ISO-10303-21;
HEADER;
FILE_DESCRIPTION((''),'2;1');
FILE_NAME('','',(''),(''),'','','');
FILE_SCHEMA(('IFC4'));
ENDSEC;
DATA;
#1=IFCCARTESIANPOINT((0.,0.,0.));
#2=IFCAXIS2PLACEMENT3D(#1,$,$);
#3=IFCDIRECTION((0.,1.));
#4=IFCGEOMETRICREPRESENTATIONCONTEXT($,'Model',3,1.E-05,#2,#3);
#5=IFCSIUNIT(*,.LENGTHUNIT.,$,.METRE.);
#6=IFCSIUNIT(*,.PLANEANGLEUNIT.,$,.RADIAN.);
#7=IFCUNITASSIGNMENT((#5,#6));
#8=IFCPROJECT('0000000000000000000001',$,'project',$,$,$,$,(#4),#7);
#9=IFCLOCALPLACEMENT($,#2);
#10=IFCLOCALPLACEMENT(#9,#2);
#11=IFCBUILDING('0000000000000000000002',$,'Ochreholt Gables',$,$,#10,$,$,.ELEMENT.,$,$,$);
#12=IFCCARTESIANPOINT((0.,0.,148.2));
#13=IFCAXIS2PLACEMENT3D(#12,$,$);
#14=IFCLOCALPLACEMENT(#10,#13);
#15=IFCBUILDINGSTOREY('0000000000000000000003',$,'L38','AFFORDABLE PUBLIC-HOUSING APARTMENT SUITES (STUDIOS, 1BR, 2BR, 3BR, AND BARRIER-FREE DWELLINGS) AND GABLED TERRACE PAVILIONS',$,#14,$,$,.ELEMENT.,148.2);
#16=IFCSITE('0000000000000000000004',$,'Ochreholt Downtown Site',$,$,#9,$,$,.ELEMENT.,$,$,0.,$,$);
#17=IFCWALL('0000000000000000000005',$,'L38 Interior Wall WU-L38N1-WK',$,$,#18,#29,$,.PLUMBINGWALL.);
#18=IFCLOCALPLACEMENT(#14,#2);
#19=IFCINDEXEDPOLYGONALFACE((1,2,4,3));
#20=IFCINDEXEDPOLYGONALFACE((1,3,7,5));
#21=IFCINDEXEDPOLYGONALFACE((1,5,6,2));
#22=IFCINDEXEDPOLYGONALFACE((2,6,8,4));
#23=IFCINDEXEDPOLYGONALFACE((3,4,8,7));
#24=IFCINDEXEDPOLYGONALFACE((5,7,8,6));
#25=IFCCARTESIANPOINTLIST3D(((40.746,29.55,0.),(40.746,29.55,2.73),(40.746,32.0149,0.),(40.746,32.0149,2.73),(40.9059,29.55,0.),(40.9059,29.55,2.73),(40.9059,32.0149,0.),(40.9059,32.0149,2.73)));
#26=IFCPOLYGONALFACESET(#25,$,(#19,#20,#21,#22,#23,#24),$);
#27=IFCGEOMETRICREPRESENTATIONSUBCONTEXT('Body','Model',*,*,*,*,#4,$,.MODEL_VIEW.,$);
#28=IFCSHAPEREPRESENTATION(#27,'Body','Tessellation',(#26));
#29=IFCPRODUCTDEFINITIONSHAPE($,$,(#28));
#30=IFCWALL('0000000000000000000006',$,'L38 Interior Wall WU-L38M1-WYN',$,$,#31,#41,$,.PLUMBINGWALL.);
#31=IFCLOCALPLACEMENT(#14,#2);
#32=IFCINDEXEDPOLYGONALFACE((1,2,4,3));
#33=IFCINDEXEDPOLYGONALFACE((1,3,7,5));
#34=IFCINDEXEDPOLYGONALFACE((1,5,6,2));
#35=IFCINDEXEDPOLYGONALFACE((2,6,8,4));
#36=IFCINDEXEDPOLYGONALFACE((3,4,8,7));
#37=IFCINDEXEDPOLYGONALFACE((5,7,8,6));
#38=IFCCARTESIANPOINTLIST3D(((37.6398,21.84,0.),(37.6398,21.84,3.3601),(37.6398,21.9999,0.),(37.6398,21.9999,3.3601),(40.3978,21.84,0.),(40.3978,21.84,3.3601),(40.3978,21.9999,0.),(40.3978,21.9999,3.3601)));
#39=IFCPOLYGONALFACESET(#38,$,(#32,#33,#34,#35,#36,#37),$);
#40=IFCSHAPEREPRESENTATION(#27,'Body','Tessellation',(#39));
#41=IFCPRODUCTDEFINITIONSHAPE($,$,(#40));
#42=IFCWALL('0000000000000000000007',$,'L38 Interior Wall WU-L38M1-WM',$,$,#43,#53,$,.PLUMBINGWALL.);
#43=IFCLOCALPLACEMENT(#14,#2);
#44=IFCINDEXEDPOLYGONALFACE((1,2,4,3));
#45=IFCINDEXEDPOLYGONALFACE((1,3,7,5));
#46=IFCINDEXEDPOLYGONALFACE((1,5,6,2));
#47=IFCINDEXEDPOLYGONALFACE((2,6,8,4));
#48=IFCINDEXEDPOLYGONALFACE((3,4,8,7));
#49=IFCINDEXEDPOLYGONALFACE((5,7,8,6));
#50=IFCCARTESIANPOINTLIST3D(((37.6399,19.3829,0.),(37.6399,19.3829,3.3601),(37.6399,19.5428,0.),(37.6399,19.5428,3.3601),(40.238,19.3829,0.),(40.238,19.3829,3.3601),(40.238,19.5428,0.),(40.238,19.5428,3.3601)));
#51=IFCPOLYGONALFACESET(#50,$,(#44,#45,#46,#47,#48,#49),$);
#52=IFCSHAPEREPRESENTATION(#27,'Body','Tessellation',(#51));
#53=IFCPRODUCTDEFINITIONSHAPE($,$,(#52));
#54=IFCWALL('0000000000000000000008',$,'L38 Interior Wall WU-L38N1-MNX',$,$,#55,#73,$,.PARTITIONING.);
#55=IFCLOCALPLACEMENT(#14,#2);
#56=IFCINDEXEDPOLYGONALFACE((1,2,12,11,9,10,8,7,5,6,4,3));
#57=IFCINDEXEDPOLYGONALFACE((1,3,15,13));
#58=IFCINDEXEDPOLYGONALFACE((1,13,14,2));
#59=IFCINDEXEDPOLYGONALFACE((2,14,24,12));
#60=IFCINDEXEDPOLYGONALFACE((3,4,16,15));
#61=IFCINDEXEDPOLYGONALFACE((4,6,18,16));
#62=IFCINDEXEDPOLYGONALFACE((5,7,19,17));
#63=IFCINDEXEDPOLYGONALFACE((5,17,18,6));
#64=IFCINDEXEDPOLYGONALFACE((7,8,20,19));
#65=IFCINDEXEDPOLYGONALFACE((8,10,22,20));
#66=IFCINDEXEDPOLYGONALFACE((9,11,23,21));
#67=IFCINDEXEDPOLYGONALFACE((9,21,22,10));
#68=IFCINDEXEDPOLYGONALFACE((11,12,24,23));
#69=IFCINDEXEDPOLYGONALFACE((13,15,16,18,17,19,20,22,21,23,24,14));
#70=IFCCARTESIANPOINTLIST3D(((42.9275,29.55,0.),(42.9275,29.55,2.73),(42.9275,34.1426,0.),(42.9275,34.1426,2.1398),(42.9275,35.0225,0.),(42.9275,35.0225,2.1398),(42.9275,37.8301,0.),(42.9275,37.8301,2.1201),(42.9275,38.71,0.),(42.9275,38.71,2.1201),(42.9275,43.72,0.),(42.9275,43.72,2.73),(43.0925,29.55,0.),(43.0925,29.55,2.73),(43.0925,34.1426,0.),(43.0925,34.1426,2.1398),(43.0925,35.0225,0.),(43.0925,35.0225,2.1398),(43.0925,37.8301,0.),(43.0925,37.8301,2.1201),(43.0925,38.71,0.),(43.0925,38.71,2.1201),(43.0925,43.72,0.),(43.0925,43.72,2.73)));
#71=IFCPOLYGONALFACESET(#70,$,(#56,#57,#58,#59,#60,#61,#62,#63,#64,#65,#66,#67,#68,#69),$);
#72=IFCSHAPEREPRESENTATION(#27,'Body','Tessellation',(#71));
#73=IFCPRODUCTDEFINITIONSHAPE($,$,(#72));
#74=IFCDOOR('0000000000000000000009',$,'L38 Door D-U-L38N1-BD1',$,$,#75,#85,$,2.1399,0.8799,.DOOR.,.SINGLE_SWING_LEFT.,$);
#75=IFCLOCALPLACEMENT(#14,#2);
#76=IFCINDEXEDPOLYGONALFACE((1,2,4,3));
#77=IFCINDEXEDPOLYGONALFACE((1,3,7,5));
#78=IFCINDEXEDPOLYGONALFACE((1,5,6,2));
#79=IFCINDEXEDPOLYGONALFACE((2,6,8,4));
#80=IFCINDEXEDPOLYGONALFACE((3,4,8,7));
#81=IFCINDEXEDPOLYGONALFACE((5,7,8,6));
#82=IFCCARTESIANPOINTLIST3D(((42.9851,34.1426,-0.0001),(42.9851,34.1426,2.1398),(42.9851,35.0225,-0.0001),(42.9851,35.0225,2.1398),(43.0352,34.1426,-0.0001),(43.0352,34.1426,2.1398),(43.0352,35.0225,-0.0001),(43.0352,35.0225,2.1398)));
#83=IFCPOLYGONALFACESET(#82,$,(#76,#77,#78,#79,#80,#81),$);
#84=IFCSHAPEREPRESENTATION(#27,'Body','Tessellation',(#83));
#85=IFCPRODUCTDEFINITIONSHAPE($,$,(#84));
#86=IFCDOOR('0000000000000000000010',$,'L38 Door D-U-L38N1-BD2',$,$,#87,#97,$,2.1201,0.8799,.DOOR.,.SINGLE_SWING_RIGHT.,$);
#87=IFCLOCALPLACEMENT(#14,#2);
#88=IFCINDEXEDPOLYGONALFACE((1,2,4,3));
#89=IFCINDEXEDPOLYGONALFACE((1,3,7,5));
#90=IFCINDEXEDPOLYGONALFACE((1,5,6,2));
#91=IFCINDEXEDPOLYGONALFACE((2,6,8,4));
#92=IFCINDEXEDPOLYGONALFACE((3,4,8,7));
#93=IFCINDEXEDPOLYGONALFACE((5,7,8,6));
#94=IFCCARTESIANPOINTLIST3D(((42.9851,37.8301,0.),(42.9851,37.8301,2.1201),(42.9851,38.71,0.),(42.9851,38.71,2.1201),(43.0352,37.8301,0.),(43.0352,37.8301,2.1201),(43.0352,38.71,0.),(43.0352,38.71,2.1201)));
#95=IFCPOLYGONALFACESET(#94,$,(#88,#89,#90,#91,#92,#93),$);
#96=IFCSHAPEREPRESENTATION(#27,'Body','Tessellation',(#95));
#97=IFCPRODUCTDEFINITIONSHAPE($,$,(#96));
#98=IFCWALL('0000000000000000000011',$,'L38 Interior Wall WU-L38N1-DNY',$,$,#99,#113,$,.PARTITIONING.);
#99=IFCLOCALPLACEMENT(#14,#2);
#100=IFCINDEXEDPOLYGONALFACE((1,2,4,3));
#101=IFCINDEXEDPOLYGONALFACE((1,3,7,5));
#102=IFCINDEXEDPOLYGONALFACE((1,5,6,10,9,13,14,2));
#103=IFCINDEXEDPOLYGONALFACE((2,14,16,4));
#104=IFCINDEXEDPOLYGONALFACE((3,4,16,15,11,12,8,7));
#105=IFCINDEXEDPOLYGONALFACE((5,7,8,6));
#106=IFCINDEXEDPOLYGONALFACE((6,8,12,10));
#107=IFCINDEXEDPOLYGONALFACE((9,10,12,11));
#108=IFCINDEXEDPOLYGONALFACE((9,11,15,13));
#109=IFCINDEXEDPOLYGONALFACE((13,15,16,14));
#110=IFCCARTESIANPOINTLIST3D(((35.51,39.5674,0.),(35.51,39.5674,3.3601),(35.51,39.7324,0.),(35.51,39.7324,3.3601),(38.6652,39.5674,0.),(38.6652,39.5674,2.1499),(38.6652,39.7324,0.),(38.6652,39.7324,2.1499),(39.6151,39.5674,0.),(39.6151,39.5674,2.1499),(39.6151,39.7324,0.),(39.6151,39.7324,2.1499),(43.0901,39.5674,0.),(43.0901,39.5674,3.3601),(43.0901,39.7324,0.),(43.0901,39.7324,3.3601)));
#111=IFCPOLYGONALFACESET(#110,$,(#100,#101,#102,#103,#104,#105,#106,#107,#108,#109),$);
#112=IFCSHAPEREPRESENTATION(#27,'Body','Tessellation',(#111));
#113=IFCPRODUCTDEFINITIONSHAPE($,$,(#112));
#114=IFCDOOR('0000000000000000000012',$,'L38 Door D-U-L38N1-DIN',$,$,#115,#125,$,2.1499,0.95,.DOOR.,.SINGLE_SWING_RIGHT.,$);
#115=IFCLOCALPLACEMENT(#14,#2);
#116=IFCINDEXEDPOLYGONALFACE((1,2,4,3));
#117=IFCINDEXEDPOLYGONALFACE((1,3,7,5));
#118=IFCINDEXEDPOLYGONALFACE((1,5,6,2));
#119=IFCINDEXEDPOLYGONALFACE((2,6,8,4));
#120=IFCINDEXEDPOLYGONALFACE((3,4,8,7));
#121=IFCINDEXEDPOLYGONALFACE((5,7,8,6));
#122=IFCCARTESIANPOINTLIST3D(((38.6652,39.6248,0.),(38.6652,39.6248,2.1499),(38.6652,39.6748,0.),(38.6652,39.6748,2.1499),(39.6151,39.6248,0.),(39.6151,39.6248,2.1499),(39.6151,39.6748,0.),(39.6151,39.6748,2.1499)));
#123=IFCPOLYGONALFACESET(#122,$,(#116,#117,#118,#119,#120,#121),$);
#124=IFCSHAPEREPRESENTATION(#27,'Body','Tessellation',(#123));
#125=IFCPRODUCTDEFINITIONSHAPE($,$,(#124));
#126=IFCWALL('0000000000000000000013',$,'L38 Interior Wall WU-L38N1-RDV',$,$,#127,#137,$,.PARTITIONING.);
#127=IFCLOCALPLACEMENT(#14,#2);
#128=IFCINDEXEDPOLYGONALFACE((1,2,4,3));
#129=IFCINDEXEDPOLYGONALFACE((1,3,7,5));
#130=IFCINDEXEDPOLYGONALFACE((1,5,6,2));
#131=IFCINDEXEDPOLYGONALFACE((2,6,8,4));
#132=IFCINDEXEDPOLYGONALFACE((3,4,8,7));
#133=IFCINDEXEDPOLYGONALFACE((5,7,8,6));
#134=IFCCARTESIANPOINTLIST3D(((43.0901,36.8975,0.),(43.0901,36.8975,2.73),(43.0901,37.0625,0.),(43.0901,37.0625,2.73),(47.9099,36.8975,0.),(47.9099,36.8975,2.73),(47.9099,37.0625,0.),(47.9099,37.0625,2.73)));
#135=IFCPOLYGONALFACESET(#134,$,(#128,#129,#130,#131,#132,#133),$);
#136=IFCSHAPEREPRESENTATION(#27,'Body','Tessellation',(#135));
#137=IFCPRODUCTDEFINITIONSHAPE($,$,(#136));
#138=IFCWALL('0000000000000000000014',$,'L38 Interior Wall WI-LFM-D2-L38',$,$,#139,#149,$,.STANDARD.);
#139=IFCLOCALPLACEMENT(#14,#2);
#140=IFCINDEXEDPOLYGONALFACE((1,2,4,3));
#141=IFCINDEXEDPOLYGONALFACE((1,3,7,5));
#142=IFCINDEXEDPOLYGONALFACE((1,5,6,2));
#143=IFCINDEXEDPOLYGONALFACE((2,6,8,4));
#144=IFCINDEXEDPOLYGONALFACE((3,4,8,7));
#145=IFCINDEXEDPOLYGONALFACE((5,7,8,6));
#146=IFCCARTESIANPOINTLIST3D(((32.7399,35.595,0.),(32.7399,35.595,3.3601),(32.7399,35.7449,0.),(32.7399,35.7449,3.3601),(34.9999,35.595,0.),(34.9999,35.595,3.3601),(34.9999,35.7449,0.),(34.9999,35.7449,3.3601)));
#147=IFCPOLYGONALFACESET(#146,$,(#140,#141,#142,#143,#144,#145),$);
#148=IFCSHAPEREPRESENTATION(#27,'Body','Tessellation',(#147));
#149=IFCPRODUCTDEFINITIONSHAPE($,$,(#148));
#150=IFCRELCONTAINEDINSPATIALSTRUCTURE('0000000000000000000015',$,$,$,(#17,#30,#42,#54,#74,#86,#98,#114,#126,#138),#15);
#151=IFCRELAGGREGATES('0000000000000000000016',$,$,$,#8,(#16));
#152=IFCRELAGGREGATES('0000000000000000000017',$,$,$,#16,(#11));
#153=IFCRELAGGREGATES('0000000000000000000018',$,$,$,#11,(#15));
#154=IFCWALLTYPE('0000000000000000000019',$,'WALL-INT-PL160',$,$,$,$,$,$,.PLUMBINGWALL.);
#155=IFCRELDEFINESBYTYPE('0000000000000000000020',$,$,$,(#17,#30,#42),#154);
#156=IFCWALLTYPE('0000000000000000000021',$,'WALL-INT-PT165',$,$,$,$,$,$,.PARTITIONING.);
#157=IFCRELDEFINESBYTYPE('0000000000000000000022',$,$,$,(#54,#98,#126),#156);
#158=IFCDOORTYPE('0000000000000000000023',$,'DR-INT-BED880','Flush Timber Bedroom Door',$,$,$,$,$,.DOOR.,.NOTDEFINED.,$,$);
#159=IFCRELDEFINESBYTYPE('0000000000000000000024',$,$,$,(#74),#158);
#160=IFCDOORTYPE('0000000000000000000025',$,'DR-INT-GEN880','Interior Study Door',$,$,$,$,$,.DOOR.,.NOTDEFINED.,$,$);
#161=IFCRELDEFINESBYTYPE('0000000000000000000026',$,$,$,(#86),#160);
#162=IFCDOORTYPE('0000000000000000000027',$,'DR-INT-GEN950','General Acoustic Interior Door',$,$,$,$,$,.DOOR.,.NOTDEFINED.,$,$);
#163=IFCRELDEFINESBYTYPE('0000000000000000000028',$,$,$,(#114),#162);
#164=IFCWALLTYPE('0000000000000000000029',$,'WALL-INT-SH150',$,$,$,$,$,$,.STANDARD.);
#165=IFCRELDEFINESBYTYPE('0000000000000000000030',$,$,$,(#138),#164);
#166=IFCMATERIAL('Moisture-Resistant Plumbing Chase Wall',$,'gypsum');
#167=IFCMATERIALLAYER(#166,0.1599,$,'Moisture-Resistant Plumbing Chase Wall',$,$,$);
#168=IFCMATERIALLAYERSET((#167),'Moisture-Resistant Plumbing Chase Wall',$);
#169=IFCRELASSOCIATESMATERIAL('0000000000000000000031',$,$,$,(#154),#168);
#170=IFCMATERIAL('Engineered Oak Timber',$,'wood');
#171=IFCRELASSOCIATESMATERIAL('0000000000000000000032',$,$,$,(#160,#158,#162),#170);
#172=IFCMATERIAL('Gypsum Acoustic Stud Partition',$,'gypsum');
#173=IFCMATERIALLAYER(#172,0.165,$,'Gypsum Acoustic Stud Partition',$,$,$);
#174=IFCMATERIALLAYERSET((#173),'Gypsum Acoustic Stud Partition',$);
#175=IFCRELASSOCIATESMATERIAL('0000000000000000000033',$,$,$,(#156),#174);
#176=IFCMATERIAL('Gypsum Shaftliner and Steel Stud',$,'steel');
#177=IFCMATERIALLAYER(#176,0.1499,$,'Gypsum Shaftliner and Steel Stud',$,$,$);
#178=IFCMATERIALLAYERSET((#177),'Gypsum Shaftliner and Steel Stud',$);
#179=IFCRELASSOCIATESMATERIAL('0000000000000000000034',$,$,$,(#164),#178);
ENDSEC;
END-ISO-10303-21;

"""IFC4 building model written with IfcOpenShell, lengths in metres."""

from ifc_helpers import new_model, si_unit, direction, frame, frame_2d, origin, place, context, subcontext, project, spatial, rectangle, extrude, material, layer, layer_set, type_object, element, fill, save


model = new_model("IFC4")

# Units and contexts
model_context = context("Model", 3, precision=1e-05, world=origin(), true_north=direction((0.0, 1.0)))
body_context = subcontext(model_context, "Body", "Model", "MODEL_VIEW")
ifc_project = project(units=[si_unit("LENGTHUNIT", "METRE"), si_unit("PLANEANGLEUNIT", "RADIAN")], contexts=[model_context])

# Site, building, storey
site_placement = place(None, origin())
site = spatial("IfcSite", under=ifc_project, at=site_placement, Name="Ochreholt Downtown Site", CompositionType="ELEMENT", RefElevation=0.0)
building_placement = place(site_placement, origin())
building = spatial("IfcBuilding", under=site, at=building_placement, Name="Ochreholt Gables", CompositionType="ELEMENT")
storey_placement = place(building_placement, frame((0.0, 0.0, 148.2)))
storey = spatial("IfcBuildingStorey", under=building, at=storey_placement, Name="L38", Description="AFFORDABLE PUBLIC-HOUSING APARTMENT SUITES (STUDIOS, 1BR, 2BR, 3BR, AND BARRIER-FREE DWELLINGS) AND GABLED TERRACE PAVILIONS", CompositionType="ELEMENT", Elevation=148.2)

# Shared definitions
ifc_material_1 = material(Name="Engineered Oak Timber", Category="wood")

# Shared definitions
ifc_material_2 = material(Name="Moisture-Resistant Plumbing Chase Wall", Category="gypsum")
ifc_layer_1 = layer(ifc_material_2, 0.1599, Name="Moisture-Resistant Plumbing Chase Wall")
ifc_layer_set_1 = layer_set([ifc_layer_1], Name="Moisture-Resistant Plumbing Chase Wall")
wall_type_1 = type_object("IfcWallType", Name="WALL-INT-PL160", PredefinedType="PLUMBINGWALL", material=ifc_layer_set_1)
door_type_1 = type_object("IfcDoorType", Name="DR-INT-GEN880", Description="Interior Study Door", OperationType="NOTDEFINED", PredefinedType="DOOR", material=ifc_material_1)

# Walls
wall_1_placement = place(storey_placement, frame((40.8259, 29.55, 0.0), z_axis=(0.0, 0.0, 1.0), x_axis=(0.0, 1.0, 0.0)))
element("IfcWall", 1, at=wall_1_placement, inside=storey, type_object=wall_type_1, Name="L38 Interior Wall WU-L38N1-WK", PredefinedType="PLUMBINGWALL", context=body_context, shape_type="SweptSolid", body=[
    extrude(rectangle(XDim=2.4648, YDim=0.1599, at=frame_2d((1.2324, 0.0))), origin(), (0.0, 0.0, 1.0), 2.73),
])
wall_2_placement = place(storey_placement, frame((37.6399, 21.9199, 0.0), z_axis=(0.0, 0.0, 1.0), x_axis=(1.0, 0.0, 0.0)))
element("IfcWall", 2, at=wall_2_placement, inside=storey, type_object=wall_type_1, Name="L38 Interior Wall WU-L38M1-WYN", PredefinedType="PLUMBINGWALL", context=body_context, shape_type="SweptSolid", body=[
    extrude(rectangle(XDim=2.7581, YDim=0.1599, at=frame_2d((1.3789, 0.0))), origin(), (0.0, 0.0, 1.0), 3.3601),
])
wall_3_placement = place(storey_placement, frame((37.6399, 19.4629, 0.0), z_axis=(0.0, 0.0, 1.0), x_axis=(1.0, 0.0, 0.0)))
element("IfcWall", 3, at=wall_3_placement, inside=storey, type_object=wall_type_1, Name="L38 Interior Wall WU-L38M1-WM", PredefinedType="PLUMBINGWALL", context=body_context, shape_type="SweptSolid", body=[
    extrude(rectangle(XDim=2.5981, YDim=0.1599, at=frame_2d((1.2991, 0.0))), origin(), (0.0, 0.0, 1.0), 3.3601),
])

# Wall, openings, doors
ifc_material_3 = material(Name="Gypsum Acoustic Stud Partition", Category="gypsum")
ifc_layer_2 = layer(ifc_material_3, 0.165, Name="Gypsum Acoustic Stud Partition")
ifc_layer_set_2 = layer_set([ifc_layer_2], Name="Gypsum Acoustic Stud Partition")
wall_type_2 = type_object("IfcWallType", Name="WALL-INT-PT165", PredefinedType="PARTITIONING", material=ifc_layer_set_2)
wall_4_placement = place(storey_placement, frame((43.01, 29.55, 0.0), z_axis=(0.0, 0.0, 1.0), x_axis=(0.0, 1.0, 0.0)))
wall_4 = element("IfcWall", 4, at=wall_4_placement, inside=storey, type_object=wall_type_2, Name="L38 Interior Wall WU-L38N1-MNX", PredefinedType="PARTITIONING", context=body_context, shape_type="SweptSolid", body=[
    extrude(rectangle(XDim=14.1699, YDim=0.165, at=frame_2d((7.085, 0.0))), origin(), (0.0, 0.0, 1.0), 2.73),
])
opening_1_placement = place(wall_4_placement, frame((4.5925, 0.0, 0.0)))
opening_1 = element("IfcOpeningElement", 5, at=opening_1_placement, cuts=wall_4, PredefinedType="OPENING", context=body_context, shape_type="SweptSolid", body=[
    extrude(rectangle(XDim=0.8799, YDim=2.1399, at=frame_2d((0.4399, 1.0698))), frame((0.0, 0.0925, 0.0), z_axis=(0.0, -1.0, 0.0), x_axis=(1.0, 0.0, 0.0)), (0.0, 0.0, 1.0), 0.1851),
])
opening_2_placement = place(wall_4_placement, frame((8.28, 0.0, 0.0)))
opening_2 = element("IfcOpeningElement", 6, at=opening_2_placement, cuts=wall_4, PredefinedType="OPENING", context=body_context, shape_type="SweptSolid", body=[
    extrude(rectangle(XDim=0.8799, YDim=2.1201, at=frame_2d((0.4399, 1.0601))), frame((0.0, 0.0925, 0.0), z_axis=(0.0, -1.0, 0.0), x_axis=(1.0, 0.0, 0.0)), (0.0, 0.0, 1.0), 0.1851),
])
door_type_2 = type_object("IfcDoorType", Name="DR-INT-BED880", Description="Flush Timber Bedroom Door", OperationType="NOTDEFINED", PredefinedType="DOOR", material=ifc_material_1)
door_1_placement = place(opening_1_placement, origin())
door_1 = element("IfcDoor", 7, at=door_1_placement, inside=storey, type_object=door_type_2, Name="L38 Door D-U-L38N1-BD1", OperationType="SINGLE_SWING_LEFT", OverallHeight=2.1399, OverallWidth=0.8799, PredefinedType="DOOR", context=body_context, shape_type="SweptSolid", body=[
    extrude(rectangle(XDim=0.8799, YDim=2.1399, at=frame_2d((0.4399, 1.0698))), frame((0.0, 0.0249, 0.0), z_axis=(0.0, -1.0, 0.0), x_axis=(1.0, 0.0, 0.0)), (0.0, 0.0, 1.0), 0.05),
])
fill(opening_1, door_1)
door_2_placement = place(opening_2_placement, origin())
door_2 = element("IfcDoor", 8, at=door_2_placement, inside=storey, type_object=door_type_1, Name="L38 Door D-U-L38N1-BD2", OperationType="SINGLE_SWING_RIGHT", OverallHeight=2.1201, OverallWidth=0.8799, PredefinedType="DOOR", context=body_context, shape_type="SweptSolid", body=[
    extrude(rectangle(XDim=0.8799, YDim=2.1201, at=frame_2d((0.4399, 1.0601))), frame((0.0, 0.0249, 0.0), z_axis=(0.0, -1.0, 0.0), x_axis=(1.0, 0.0, 0.0)), (0.0, 0.0, 1.0), 0.05),
])
fill(opening_2, door_2)

# Wall, opening, door
wall_5_placement = place(storey_placement, frame((35.51, 39.6499, 0.0), z_axis=(0.0, 0.0, 1.0), x_axis=(1.0, 0.0, 0.0)))
wall_5 = element("IfcWall", 9, at=wall_5_placement, inside=storey, type_object=wall_type_2, Name="L38 Interior Wall WU-L38N1-DNY", PredefinedType="PARTITIONING", context=body_context, shape_type="SweptSolid", body=[
    extrude(rectangle(XDim=7.5801, YDim=0.165, at=frame_2d((3.79, 0.0))), origin(), (0.0, 0.0, 1.0), 3.3601),
])
opening_3_placement = place(wall_5_placement, frame((3.155, 0.0, 0.0)))
opening_3 = element("IfcOpeningElement", 10, at=opening_3_placement, cuts=wall_5, PredefinedType="OPENING", context=body_context, shape_type="SweptSolid", body=[
    extrude(rectangle(XDim=0.95, YDim=2.1499, at=frame_2d((0.4751, 1.075))), frame((0.0, 0.0925, 0.0), z_axis=(0.0, -1.0, 0.0), x_axis=(1.0, 0.0, 0.0)), (0.0, 0.0, 1.0), 0.1851),
])
door_type_3 = type_object("IfcDoorType", Name="DR-INT-GEN950", Description="General Acoustic Interior Door", OperationType="NOTDEFINED", PredefinedType="DOOR", material=ifc_material_1)
door_3_placement = place(opening_3_placement, origin())
door_3 = element("IfcDoor", 11, at=door_3_placement, inside=storey, type_object=door_type_3, Name="L38 Door D-U-L38N1-DIN", OperationType="SINGLE_SWING_RIGHT", OverallHeight=2.1499, OverallWidth=0.95, PredefinedType="DOOR", context=body_context, shape_type="SweptSolid", body=[
    extrude(rectangle(XDim=0.95, YDim=2.1499, at=frame_2d((0.4751, 1.075))), frame((0.0, 0.0249, 0.0), z_axis=(0.0, -1.0, 0.0), x_axis=(1.0, 0.0, 0.0)), (0.0, 0.0, 1.0), 0.05),
])
fill(opening_3, door_3)

# Walls
wall_6_placement = place(storey_placement, frame((43.0901, 36.98, 0.0), z_axis=(0.0, 0.0, 1.0), x_axis=(1.0, 0.0, 0.0)))
element("IfcWall", 12, at=wall_6_placement, inside=storey, type_object=wall_type_2, Name="L38 Interior Wall WU-L38N1-RDV", PredefinedType="PARTITIONING", context=body_context, shape_type="SweptSolid", body=[
    extrude(rectangle(XDim=4.8198, YDim=0.165, at=frame_2d((2.4099, 0.0))), origin(), (0.0, 0.0, 1.0), 2.73),
])
ifc_material_4 = material(Name="Gypsum Shaftliner and Steel Stud", Category="steel")
ifc_layer_3 = layer(ifc_material_4, 0.1499, Name="Gypsum Shaftliner and Steel Stud")
ifc_layer_set_3 = layer_set([ifc_layer_3], Name="Gypsum Shaftliner and Steel Stud")
wall_type_3 = type_object("IfcWallType", Name="WALL-INT-SH150", PredefinedType="STANDARD", material=ifc_layer_set_3)
wall_7_placement = place(storey_placement, frame((32.74, 35.6699, 0.0), z_axis=(0.0, 0.0, 1.0), x_axis=(1.0, 0.0, 0.0)))
element("IfcWall", 13, at=wall_7_placement, inside=storey, type_object=wall_type_3, Name="L38 Interior Wall WI-LFM-D2-L38", PredefinedType="STANDARD", context=body_context, shape_type="SweptSolid", body=[
    extrude(rectangle(XDim=2.26, YDim=0.1499, at=frame_2d((1.1299, 0.0))), origin(), (0.0, 0.0, 1.0), 3.3601),
])

save(model, "model.ifc")
